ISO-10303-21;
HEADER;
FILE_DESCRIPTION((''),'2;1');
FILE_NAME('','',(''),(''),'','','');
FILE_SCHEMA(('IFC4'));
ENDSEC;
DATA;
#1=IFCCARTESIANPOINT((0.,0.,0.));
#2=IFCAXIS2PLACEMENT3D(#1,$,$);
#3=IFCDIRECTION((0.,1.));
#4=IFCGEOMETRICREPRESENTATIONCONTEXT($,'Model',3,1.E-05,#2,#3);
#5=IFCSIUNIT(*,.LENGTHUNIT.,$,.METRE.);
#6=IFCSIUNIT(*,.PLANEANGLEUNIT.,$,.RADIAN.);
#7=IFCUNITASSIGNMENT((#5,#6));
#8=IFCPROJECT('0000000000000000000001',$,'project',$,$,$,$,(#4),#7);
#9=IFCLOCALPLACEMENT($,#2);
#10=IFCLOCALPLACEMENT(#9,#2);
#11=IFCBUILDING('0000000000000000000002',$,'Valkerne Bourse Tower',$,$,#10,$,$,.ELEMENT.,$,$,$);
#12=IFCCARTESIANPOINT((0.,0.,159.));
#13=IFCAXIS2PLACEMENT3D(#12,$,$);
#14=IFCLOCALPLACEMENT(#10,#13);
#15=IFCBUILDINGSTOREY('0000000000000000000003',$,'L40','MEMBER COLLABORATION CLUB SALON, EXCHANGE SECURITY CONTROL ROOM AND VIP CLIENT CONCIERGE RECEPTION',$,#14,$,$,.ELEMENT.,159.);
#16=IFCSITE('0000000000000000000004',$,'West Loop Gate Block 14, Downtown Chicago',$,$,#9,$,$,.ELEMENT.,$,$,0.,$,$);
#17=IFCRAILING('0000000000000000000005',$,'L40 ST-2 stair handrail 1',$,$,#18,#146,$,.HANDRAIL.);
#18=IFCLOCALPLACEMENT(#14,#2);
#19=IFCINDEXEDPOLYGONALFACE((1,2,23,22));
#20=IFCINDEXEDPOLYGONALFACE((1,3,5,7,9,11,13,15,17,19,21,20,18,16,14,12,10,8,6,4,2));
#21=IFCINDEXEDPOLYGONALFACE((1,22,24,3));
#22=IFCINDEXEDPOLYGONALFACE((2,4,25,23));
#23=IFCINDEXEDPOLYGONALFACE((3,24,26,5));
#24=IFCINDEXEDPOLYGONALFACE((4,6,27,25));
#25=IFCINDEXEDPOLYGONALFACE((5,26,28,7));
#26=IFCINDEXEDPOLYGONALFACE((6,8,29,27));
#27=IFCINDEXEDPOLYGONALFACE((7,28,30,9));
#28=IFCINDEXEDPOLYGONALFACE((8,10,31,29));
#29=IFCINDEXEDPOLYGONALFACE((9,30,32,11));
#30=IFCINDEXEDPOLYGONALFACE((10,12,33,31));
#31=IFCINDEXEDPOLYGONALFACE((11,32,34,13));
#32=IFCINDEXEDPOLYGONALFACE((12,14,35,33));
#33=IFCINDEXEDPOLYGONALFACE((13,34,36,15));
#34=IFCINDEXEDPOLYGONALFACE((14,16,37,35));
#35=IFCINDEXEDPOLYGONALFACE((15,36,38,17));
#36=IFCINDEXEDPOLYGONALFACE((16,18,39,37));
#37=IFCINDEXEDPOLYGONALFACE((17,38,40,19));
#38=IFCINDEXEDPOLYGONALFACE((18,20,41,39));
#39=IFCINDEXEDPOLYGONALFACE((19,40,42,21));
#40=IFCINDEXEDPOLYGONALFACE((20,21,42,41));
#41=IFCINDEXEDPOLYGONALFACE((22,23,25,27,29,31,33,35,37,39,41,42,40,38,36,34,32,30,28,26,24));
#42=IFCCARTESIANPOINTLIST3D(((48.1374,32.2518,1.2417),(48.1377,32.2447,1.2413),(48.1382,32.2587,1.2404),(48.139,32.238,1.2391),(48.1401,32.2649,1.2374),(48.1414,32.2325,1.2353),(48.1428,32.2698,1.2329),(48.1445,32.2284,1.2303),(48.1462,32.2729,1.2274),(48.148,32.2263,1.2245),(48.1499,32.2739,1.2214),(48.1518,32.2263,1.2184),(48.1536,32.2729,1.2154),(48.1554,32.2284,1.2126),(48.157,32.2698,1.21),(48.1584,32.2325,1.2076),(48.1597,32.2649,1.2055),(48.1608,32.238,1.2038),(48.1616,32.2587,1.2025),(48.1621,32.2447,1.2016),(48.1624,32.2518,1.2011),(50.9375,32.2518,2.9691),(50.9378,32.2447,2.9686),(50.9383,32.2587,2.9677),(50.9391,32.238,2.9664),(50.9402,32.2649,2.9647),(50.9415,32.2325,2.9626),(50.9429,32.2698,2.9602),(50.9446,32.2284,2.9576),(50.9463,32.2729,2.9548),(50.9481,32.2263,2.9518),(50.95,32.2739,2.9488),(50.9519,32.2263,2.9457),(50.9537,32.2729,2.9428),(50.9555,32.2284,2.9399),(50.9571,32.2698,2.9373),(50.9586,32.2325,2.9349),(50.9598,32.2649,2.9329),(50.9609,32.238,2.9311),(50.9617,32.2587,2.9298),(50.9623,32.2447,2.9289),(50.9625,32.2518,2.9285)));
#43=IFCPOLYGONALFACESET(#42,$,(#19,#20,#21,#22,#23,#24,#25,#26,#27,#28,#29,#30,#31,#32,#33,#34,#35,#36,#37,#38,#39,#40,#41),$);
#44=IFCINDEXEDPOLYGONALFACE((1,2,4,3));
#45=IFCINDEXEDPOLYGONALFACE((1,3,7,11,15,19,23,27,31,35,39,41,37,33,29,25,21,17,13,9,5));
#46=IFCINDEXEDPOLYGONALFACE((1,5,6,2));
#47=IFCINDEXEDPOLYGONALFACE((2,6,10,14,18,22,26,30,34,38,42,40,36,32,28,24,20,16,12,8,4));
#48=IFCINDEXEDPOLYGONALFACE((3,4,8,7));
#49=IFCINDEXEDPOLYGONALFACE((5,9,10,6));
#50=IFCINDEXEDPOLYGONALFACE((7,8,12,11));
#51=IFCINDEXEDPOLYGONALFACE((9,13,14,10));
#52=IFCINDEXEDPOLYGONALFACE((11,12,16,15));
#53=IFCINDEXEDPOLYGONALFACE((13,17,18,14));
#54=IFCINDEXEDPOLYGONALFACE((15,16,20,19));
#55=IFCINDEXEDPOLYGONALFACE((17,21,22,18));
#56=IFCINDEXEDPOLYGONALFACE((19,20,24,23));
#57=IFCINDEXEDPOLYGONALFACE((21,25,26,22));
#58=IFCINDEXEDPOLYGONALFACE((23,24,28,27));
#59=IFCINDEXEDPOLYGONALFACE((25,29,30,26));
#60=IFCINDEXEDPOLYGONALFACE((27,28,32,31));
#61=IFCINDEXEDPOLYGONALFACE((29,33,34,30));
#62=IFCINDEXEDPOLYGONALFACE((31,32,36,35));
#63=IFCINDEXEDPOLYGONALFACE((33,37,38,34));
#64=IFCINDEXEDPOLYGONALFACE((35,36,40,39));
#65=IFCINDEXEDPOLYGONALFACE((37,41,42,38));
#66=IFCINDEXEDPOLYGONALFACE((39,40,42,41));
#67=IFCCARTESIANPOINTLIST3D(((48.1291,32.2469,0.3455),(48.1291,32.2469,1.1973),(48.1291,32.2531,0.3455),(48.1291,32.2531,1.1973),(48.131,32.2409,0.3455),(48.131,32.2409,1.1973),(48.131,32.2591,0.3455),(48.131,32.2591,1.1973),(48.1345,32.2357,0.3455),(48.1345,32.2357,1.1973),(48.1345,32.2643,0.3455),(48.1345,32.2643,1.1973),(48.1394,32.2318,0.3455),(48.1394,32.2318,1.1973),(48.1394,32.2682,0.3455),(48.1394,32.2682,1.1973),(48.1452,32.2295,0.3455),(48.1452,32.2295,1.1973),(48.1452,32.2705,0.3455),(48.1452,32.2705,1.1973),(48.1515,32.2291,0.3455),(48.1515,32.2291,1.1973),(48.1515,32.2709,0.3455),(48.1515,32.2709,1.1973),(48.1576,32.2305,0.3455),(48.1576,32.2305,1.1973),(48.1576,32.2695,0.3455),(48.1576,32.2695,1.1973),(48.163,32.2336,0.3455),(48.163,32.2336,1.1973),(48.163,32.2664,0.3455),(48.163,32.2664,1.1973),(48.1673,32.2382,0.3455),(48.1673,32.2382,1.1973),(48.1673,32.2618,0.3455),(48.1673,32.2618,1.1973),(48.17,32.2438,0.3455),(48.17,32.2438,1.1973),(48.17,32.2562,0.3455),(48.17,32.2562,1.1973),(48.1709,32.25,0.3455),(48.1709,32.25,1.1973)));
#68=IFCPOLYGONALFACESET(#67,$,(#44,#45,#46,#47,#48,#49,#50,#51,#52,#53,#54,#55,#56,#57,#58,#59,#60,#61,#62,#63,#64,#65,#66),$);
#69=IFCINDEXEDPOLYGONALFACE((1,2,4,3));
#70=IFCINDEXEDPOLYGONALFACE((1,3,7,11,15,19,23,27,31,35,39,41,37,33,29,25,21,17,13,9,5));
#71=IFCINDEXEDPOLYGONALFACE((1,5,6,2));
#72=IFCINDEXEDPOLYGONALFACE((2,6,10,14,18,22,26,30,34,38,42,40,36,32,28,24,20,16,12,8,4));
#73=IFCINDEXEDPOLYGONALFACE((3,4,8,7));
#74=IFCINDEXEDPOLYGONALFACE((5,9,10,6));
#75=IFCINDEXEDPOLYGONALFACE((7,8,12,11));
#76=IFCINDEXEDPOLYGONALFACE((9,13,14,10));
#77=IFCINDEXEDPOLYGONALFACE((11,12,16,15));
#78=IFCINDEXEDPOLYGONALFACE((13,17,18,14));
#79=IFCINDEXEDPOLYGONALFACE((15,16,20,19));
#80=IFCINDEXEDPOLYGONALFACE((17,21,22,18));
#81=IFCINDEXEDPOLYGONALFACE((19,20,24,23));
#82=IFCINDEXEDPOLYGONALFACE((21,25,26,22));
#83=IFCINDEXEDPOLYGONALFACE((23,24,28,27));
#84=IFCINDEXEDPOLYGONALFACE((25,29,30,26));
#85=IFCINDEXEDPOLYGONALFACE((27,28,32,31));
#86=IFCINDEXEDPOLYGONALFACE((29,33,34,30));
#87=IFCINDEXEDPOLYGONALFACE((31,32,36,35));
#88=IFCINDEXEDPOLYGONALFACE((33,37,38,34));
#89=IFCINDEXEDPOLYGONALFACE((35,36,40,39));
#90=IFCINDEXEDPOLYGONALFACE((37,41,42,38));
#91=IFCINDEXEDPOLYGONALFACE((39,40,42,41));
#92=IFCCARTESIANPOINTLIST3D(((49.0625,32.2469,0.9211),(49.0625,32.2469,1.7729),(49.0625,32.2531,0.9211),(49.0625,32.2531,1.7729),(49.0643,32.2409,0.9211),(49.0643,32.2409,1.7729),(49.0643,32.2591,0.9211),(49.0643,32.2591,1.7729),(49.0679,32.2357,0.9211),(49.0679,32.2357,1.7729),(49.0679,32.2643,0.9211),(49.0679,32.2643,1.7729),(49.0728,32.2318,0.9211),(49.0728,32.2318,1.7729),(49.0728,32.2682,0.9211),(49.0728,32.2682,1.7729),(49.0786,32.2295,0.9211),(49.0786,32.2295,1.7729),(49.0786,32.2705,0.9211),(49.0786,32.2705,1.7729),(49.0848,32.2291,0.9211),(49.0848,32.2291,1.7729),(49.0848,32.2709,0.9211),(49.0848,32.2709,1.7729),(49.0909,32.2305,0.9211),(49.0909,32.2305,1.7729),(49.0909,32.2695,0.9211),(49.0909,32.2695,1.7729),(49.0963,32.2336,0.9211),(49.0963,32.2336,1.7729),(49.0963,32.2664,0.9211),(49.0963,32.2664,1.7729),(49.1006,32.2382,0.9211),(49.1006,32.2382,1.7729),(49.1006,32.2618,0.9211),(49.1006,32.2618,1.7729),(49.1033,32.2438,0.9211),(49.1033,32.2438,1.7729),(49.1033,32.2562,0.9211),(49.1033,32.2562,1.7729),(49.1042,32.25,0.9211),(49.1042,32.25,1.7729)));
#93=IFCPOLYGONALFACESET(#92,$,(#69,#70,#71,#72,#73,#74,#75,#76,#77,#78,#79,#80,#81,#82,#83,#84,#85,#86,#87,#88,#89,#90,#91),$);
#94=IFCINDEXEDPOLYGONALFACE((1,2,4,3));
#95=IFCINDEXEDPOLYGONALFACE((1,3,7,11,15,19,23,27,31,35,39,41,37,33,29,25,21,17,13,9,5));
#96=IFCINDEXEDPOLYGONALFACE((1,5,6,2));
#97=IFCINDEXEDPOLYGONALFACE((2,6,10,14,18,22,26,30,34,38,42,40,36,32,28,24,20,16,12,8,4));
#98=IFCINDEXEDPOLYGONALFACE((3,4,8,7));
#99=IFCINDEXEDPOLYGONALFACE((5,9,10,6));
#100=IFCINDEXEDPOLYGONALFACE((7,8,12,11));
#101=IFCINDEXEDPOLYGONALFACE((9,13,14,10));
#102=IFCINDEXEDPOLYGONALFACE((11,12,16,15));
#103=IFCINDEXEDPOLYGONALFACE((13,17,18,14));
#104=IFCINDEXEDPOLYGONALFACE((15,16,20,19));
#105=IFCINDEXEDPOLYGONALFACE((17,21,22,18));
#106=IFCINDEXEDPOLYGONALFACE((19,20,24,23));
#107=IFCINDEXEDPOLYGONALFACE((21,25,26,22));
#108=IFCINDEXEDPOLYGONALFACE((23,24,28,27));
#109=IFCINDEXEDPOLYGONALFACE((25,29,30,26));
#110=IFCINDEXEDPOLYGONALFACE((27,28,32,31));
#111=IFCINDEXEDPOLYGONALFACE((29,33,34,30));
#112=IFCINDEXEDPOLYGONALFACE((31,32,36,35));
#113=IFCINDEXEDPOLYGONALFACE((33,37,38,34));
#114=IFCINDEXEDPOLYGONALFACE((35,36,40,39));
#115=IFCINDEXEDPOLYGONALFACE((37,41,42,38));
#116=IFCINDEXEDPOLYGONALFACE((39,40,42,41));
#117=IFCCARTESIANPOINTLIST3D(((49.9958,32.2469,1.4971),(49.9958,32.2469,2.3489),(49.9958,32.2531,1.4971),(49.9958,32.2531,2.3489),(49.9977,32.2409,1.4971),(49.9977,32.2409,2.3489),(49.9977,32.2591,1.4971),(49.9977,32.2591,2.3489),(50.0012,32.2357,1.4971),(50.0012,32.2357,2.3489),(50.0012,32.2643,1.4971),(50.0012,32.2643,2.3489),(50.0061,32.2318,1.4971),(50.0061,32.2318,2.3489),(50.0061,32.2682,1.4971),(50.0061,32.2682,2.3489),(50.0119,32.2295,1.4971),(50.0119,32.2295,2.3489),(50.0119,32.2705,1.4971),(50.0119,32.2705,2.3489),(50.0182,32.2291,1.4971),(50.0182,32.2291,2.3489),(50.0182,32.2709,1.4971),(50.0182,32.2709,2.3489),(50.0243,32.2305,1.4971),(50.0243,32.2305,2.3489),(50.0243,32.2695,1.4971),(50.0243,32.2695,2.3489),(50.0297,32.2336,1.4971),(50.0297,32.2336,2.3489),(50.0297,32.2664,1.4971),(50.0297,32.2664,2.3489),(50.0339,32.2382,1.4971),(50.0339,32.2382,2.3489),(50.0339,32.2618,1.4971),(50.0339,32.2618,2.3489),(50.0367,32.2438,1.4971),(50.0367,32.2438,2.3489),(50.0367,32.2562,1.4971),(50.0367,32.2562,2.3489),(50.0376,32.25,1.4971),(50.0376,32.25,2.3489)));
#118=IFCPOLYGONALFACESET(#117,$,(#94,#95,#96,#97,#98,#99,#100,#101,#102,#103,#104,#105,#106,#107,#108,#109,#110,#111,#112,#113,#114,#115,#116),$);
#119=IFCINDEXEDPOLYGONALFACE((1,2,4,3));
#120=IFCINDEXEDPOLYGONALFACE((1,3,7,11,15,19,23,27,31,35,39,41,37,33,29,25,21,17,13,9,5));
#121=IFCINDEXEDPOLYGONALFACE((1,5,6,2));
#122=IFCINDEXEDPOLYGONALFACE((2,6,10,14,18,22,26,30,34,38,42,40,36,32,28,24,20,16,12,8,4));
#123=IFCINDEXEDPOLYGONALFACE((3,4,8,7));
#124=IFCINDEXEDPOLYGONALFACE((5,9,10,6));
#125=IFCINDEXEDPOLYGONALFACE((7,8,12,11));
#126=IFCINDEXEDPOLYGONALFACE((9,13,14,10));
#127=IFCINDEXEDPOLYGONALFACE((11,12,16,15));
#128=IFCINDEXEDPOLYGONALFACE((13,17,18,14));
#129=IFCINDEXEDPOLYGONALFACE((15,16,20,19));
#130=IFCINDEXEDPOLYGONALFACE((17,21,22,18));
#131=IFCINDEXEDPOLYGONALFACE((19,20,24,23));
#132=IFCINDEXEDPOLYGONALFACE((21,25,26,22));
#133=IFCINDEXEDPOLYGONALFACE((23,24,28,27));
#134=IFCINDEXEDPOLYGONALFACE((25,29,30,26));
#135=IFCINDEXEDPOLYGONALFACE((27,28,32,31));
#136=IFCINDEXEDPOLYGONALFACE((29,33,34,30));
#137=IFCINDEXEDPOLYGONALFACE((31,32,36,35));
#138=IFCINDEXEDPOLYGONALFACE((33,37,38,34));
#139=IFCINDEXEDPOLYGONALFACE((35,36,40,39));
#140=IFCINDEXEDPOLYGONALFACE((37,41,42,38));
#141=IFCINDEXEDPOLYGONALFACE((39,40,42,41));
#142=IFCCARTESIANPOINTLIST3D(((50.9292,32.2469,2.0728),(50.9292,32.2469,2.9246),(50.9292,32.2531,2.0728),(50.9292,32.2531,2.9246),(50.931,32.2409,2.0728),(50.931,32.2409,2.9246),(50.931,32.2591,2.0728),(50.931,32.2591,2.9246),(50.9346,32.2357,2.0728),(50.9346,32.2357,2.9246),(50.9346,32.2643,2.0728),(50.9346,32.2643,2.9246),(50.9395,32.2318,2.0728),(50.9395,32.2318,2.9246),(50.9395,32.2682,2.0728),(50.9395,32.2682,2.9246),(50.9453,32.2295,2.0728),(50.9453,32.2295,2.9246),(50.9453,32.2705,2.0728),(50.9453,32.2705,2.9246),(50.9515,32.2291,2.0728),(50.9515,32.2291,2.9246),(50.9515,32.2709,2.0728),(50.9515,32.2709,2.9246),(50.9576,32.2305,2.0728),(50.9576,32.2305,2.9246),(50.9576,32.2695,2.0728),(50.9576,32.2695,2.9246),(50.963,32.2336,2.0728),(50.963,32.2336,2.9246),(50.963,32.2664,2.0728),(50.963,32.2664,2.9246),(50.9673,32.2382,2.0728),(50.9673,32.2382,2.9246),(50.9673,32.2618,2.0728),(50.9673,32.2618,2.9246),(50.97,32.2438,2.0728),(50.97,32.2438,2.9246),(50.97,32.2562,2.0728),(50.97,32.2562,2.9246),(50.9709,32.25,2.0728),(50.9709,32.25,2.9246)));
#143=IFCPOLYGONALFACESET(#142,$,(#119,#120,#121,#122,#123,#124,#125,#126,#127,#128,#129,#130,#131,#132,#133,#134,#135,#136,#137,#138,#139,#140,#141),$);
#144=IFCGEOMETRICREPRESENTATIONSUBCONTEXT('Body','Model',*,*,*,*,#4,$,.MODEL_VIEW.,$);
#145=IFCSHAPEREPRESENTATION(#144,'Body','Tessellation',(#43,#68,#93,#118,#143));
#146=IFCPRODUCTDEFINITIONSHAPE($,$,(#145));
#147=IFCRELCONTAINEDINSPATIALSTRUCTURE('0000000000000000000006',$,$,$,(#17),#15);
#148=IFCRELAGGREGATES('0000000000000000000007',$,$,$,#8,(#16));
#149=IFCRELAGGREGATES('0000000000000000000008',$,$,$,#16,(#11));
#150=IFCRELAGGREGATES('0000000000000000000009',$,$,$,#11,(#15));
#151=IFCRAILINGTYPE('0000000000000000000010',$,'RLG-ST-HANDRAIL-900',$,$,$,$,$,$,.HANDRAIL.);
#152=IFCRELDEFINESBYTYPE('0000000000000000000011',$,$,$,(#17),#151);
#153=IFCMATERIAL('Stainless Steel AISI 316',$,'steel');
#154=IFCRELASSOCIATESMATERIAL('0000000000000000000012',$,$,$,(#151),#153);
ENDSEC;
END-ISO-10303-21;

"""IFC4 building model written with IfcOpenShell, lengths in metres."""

from ifc_helpers import new_model, si_unit, direction, frame, origin, origin_2d, place, context, subcontext, project, spatial, circle, extrude, material, type_object, element, save


model = new_model("IFC4")

# Units and contexts
model_context = context("Model", 3, precision=1e-05, world=origin(), true_north=direction((0.0, 1.0)))
body_context = subcontext(model_context, "Body", "Model", "MODEL_VIEW")
ifc_project = project(units=[si_unit("LENGTHUNIT", "METRE"), si_unit("PLANEANGLEUNIT", "RADIAN")], contexts=[model_context])

# Site, building, storey
site_placement = place(None, origin())
site = spatial("IfcSite", under=ifc_project, at=site_placement, Name="West Loop Gate Block 14, Downtown Chicago", CompositionType="ELEMENT", RefElevation=0.0)
building_placement = place(site_placement, origin())
building = spatial("IfcBuilding", under=site, at=building_placement, Name="Valkerne Bourse Tower", CompositionType="ELEMENT")
storey_placement = place(building_placement, frame((0.0, 0.0, 159.0)))
storey = spatial("IfcBuildingStorey", under=building, at=storey_placement, Name="L40", Description="MEMBER COLLABORATION CLUB SALON, EXCHANGE SECURITY CONTROL ROOM AND VIP CLIENT CONCIERGE RECEPTION", CompositionType="ELEMENT", Elevation=159.0)

# Shared definitions
ifc_material_1 = material(Name="Stainless Steel AISI 316", Category="steel")

# Railing
railing_type_1 = type_object("IfcRailingType", Name="RLG-ST-HANDRAIL-900", PredefinedType="HANDRAIL", material=ifc_material_1)
railing_1_placement = place(storey_placement, frame((48.1499, 32.25, 0.3455)))
element("IfcRailing", 1, at=railing_1_placement, inside=storey, type_object=railing_type_1, Name="L40 ST-2 stair handrail 1", PredefinedType="HANDRAIL", context=body_context, shape_type="SweptSolid", body=[
    extrude(circle(Radius=0.0239, at=origin_2d()), frame((0.0, 0.0, 0.876), z_axis=(0.85109, 0.0, 0.52502), x_axis=(0.0, 1.0, 0.0)), (0.0, 0.0, 1.0), 3.29),
    extrude(circle(Radius=0.021, at=origin_2d()), origin(), (0.0, 0.0, 1.0), 0.8518),
    extrude(circle(Radius=0.021, at=origin_2d()), frame((0.9333, 0.0, 0.5757)), (0.0, 0.0, 1.0), 0.8518),
    extrude(circle(Radius=0.021, at=origin_2d()), frame((1.8667, 0.0, 1.1516)), (0.0, 0.0, 1.0), 0.8518),
    extrude(circle(Radius=0.021, at=origin_2d()), frame((2.8, 0.0, 1.7273)), (0.0, 0.0, 1.0), 0.8518),
])

save(model, "model.ifc")
